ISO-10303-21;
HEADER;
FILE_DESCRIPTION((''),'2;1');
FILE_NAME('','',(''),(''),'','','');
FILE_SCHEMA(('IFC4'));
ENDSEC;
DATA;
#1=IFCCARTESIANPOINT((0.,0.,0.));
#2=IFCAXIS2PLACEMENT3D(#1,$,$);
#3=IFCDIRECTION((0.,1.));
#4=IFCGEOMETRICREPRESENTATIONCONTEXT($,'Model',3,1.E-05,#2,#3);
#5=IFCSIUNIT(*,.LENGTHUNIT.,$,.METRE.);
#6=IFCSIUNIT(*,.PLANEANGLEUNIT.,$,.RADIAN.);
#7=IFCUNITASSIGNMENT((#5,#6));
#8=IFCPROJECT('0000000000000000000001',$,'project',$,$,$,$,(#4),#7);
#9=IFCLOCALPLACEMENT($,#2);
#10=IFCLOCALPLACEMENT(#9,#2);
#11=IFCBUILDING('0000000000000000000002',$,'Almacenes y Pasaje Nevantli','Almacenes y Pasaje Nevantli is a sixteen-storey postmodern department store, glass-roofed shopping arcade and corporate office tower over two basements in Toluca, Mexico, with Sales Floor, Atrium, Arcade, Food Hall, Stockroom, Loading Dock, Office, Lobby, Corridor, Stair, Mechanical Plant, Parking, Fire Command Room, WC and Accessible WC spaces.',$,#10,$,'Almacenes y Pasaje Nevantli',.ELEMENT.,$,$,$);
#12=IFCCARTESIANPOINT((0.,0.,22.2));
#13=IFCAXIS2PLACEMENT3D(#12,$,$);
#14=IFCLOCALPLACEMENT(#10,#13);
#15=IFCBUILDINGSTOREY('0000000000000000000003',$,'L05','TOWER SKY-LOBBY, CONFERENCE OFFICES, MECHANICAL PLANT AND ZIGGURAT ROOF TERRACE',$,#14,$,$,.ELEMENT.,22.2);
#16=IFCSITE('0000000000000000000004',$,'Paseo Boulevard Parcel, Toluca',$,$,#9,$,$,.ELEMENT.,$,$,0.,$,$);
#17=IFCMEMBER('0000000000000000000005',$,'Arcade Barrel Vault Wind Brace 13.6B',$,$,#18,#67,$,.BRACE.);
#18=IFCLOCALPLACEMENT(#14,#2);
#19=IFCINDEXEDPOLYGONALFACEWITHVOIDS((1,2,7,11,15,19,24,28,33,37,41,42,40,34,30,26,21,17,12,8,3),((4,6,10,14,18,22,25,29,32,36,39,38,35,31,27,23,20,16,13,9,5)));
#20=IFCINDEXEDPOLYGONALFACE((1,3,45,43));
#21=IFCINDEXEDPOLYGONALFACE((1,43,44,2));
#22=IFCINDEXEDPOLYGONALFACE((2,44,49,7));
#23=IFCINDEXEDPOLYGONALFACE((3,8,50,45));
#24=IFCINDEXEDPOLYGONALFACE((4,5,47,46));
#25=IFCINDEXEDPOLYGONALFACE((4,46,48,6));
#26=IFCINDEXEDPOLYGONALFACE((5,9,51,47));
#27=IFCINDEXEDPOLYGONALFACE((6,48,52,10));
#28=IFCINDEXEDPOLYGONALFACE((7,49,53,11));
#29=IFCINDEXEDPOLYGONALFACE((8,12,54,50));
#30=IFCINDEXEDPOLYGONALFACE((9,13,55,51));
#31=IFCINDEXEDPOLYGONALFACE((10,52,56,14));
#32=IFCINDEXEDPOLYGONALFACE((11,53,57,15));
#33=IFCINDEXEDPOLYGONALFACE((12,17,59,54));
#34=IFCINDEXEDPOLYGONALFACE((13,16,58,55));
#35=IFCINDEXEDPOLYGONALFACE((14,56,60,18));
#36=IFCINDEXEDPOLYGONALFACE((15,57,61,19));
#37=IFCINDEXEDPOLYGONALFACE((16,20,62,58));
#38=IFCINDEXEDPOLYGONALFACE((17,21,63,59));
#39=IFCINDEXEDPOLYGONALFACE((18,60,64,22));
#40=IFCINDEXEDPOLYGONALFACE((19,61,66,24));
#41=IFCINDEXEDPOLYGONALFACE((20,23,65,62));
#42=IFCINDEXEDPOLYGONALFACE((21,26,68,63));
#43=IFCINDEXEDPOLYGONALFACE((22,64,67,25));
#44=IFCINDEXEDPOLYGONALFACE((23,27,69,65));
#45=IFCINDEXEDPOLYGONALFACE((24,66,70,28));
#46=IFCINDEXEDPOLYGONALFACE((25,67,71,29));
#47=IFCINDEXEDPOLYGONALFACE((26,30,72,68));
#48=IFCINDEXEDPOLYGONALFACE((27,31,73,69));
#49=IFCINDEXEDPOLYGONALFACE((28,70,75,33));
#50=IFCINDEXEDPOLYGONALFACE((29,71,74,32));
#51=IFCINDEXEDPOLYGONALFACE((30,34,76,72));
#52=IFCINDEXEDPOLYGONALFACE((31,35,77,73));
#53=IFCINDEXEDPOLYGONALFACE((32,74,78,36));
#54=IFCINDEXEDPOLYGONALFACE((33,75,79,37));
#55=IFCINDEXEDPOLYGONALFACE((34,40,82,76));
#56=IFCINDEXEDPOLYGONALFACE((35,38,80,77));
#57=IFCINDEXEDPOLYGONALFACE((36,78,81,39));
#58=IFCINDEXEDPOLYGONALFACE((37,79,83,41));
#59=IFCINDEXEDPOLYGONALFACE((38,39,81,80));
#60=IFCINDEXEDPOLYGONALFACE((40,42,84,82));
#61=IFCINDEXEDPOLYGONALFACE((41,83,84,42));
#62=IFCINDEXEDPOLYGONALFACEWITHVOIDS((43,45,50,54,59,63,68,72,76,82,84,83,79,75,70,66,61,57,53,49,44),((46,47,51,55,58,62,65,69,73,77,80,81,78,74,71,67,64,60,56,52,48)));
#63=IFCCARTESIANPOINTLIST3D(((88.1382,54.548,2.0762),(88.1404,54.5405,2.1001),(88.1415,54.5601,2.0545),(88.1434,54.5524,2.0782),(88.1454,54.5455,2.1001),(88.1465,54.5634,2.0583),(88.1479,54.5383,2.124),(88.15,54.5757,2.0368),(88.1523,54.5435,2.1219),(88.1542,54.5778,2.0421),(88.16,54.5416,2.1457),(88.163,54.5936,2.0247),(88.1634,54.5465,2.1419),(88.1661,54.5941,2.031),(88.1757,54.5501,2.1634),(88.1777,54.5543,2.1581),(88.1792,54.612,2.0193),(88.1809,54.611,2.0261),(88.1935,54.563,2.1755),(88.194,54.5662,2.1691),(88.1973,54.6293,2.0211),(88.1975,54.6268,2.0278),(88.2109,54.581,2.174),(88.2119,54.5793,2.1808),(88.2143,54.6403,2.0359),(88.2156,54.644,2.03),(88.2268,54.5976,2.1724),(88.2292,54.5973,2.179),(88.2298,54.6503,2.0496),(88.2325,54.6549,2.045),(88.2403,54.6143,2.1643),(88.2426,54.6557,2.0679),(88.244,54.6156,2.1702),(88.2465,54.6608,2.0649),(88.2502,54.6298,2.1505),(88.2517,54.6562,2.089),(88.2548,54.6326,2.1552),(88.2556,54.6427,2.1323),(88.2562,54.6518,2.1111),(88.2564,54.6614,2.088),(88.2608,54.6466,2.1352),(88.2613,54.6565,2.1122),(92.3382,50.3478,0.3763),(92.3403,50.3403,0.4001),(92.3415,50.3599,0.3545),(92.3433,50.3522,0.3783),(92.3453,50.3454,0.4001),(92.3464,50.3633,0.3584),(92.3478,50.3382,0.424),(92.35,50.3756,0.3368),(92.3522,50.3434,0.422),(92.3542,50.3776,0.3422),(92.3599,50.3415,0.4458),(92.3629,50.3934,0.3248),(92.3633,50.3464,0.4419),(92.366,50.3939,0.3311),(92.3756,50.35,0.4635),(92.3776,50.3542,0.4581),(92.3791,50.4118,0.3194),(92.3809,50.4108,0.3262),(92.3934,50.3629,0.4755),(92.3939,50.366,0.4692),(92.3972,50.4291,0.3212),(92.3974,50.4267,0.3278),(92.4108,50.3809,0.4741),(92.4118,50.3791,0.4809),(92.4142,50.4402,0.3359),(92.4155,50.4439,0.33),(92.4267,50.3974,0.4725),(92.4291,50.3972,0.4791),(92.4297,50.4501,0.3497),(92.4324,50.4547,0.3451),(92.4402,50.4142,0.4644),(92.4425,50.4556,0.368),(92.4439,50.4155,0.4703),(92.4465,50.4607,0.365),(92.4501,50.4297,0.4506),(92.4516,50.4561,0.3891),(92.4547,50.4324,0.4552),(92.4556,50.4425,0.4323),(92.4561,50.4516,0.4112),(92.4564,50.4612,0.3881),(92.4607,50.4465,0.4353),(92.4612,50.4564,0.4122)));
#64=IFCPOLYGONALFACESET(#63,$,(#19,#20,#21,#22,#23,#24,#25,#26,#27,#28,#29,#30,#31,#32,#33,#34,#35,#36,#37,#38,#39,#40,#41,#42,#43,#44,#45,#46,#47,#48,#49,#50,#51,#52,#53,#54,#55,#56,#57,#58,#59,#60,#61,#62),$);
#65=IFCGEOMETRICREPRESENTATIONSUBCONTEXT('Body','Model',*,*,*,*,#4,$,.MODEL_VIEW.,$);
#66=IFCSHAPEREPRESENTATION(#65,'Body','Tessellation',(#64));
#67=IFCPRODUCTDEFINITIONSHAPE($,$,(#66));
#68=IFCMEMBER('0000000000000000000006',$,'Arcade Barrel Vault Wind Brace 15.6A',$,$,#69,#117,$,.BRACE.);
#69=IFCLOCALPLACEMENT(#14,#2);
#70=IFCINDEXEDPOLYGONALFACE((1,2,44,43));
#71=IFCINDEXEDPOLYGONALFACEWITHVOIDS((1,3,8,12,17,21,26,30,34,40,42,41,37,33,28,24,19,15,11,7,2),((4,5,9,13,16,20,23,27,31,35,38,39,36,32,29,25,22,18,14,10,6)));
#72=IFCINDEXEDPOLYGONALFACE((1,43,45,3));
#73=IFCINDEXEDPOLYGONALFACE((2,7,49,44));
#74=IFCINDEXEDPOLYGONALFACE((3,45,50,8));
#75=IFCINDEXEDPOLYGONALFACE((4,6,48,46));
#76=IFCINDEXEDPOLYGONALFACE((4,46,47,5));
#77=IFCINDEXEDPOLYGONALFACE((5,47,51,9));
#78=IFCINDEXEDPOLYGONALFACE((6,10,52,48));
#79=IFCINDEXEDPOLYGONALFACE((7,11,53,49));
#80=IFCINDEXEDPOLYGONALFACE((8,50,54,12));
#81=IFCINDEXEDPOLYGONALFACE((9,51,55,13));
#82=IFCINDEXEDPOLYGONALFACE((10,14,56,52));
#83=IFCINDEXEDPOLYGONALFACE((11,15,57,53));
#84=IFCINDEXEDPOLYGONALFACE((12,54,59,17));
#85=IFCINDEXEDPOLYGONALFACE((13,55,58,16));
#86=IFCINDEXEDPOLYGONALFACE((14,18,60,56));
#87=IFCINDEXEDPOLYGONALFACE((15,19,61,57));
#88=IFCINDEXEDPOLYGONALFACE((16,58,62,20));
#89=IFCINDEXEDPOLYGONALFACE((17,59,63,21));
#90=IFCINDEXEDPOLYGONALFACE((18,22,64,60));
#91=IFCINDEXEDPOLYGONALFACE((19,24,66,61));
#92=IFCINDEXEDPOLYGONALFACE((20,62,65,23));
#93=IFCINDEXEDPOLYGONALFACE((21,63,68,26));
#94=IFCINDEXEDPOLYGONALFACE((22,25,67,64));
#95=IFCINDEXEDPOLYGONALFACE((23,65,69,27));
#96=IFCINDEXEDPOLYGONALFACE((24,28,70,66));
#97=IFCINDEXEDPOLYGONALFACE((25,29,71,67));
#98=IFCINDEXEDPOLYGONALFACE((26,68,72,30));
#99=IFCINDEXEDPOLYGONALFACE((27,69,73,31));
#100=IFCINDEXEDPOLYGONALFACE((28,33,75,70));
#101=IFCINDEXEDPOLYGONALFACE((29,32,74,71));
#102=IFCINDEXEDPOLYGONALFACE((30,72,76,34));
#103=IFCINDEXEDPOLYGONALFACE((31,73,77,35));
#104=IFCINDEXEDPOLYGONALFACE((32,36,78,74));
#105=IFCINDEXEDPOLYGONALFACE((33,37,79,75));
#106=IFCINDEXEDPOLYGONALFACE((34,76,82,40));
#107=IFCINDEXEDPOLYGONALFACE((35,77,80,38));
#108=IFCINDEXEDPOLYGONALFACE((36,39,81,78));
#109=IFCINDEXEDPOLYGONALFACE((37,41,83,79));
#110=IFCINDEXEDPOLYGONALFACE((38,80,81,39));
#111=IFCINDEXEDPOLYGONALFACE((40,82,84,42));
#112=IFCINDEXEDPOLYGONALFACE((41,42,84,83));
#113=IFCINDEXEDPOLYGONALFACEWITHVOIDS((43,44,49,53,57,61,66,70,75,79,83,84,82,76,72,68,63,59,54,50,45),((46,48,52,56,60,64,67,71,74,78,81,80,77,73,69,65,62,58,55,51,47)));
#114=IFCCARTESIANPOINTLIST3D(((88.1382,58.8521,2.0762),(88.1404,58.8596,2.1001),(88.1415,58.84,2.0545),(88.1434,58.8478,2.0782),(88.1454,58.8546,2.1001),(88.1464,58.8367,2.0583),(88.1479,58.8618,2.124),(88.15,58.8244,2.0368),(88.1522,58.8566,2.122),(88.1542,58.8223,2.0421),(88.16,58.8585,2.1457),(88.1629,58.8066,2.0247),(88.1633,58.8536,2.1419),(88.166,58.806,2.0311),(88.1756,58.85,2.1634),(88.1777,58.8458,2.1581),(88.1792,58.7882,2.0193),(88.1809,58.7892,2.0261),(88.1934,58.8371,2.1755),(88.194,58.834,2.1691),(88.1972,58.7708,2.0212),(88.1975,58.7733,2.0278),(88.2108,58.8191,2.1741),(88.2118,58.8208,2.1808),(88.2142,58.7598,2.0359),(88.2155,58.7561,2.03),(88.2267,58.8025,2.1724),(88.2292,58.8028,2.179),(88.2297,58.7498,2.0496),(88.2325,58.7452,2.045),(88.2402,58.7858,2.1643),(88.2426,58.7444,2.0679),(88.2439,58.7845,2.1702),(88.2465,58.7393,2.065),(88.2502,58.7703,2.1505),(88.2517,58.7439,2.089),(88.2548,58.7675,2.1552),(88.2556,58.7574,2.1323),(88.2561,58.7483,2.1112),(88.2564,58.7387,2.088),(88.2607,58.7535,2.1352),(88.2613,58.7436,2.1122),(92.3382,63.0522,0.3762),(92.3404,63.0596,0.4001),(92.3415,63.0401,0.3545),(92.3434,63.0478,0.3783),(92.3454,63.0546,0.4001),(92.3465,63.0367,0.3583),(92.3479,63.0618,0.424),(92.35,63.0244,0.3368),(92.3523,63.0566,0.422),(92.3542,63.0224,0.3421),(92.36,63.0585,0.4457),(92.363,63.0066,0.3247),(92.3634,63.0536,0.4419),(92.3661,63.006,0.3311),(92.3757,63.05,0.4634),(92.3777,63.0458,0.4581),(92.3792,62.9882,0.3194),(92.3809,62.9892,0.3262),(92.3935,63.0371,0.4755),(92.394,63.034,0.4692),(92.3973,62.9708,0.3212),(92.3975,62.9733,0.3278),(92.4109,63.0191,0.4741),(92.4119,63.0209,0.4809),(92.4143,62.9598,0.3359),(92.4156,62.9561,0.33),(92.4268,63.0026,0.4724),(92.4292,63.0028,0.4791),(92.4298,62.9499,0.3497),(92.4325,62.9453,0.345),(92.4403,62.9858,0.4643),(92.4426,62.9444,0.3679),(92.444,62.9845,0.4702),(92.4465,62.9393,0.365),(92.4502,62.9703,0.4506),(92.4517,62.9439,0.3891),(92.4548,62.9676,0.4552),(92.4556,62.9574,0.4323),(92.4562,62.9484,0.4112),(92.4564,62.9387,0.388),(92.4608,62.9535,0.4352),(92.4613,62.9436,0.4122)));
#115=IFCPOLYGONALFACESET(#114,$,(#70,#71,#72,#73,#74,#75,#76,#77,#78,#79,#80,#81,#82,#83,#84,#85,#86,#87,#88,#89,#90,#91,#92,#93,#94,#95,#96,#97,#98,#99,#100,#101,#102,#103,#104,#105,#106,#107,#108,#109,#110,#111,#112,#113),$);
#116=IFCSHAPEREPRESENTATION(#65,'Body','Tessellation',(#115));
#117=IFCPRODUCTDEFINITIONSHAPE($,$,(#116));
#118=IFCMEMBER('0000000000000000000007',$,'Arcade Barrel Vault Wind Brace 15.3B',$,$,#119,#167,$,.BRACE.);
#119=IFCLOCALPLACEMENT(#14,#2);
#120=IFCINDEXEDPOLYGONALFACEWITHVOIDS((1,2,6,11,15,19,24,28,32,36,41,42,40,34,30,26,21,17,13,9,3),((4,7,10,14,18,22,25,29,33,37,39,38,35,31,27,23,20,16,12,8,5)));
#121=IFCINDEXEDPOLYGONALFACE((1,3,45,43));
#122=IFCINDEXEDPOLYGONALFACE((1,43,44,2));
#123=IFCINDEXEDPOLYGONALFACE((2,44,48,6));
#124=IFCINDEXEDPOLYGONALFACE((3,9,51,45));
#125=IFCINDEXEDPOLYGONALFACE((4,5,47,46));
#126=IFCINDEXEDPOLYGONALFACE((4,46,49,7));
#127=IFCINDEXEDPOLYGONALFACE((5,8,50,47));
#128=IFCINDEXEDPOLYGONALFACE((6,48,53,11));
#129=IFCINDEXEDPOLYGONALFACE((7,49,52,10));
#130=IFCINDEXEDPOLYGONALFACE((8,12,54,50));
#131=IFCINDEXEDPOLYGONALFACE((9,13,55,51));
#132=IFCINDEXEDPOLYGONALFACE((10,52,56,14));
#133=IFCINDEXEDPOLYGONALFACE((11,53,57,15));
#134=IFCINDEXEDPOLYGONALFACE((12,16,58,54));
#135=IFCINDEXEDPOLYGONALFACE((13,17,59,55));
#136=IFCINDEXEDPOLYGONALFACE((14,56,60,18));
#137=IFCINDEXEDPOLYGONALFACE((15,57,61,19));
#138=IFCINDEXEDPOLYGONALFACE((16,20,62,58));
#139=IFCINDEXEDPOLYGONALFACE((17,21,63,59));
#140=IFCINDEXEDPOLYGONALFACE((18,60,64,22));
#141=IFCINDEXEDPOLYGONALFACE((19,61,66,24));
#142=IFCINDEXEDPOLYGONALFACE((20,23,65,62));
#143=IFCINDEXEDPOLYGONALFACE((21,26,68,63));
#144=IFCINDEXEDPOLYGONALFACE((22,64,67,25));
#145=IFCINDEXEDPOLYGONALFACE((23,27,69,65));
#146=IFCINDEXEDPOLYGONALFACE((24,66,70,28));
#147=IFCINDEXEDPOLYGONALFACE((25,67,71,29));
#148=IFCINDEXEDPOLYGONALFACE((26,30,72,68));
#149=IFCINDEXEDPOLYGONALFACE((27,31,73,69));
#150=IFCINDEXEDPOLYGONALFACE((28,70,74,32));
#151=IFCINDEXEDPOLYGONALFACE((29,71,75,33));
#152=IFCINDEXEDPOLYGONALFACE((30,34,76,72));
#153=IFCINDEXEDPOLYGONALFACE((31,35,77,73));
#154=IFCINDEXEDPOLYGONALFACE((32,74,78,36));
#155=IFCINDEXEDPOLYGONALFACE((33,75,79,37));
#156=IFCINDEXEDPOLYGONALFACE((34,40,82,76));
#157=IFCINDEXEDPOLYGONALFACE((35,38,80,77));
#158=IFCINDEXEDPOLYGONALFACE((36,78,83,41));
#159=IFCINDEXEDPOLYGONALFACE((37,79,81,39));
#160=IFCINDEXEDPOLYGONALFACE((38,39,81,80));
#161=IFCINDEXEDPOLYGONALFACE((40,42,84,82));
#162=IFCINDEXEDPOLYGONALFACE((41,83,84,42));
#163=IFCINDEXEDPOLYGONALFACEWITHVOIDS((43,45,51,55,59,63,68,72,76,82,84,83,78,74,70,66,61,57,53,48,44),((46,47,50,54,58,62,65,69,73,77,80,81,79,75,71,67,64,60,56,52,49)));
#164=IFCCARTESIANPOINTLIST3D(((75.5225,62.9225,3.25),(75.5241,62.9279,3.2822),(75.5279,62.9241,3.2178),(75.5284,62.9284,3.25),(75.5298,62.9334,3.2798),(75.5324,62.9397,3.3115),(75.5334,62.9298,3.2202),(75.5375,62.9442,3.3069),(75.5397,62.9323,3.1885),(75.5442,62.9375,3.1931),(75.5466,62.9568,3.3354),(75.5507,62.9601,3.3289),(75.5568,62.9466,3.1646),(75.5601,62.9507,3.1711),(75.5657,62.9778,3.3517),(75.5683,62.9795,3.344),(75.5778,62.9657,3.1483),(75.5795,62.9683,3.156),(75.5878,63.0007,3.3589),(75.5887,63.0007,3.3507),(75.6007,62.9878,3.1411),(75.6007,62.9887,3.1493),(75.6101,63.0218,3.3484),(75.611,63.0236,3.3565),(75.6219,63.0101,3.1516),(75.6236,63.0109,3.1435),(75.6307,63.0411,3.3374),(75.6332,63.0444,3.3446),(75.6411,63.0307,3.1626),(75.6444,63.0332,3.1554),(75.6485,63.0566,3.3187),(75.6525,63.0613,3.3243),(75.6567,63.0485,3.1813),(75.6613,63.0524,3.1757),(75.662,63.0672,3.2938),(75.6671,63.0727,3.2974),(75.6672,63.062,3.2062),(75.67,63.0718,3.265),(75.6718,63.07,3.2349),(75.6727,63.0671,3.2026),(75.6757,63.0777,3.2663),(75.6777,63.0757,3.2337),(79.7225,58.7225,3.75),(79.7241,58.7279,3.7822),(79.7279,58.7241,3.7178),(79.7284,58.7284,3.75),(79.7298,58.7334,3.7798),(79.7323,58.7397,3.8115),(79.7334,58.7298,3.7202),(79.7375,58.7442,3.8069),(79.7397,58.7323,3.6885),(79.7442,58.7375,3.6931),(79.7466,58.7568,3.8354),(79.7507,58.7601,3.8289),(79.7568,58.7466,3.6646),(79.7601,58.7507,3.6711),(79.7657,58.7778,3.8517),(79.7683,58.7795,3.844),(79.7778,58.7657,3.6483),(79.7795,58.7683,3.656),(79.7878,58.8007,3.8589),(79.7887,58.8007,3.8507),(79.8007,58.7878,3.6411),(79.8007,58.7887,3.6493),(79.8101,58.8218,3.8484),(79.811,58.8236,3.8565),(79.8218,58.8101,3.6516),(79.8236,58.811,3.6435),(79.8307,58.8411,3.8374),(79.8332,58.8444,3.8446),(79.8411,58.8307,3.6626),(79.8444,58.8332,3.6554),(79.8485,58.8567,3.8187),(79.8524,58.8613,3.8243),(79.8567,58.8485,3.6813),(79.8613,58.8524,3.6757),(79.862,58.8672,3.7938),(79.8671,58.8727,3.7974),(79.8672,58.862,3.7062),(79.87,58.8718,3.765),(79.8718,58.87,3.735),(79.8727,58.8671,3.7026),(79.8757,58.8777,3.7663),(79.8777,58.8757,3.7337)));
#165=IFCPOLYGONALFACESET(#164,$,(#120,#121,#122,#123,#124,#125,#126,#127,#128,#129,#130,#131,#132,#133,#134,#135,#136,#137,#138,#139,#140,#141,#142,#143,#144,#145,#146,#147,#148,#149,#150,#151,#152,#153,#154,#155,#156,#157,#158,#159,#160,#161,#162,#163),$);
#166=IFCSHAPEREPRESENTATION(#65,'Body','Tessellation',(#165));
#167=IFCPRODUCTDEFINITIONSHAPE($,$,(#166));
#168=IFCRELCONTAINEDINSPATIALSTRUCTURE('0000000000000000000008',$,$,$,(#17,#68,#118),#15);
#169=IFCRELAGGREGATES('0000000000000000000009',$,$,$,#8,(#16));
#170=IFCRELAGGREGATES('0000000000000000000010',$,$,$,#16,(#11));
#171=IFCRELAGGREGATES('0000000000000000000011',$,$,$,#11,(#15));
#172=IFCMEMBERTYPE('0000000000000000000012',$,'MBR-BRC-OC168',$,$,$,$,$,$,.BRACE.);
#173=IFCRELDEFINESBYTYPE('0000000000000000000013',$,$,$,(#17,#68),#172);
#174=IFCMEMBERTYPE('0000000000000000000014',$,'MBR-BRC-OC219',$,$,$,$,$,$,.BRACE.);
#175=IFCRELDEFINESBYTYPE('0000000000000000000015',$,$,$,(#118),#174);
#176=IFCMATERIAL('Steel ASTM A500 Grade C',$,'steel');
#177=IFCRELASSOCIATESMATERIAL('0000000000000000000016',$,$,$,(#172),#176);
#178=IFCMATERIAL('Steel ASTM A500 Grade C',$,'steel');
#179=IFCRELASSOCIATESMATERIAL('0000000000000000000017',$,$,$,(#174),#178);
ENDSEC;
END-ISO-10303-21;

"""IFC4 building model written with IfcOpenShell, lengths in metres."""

from ifc_helpers import new_model, si_unit, direction, frame, origin, origin_2d, place, context, subcontext, project, spatial, hollow_circle, extrude, material, material_profile, profile_set, type_object, element, save


model = new_model("IFC4")

# Units and contexts
model_context = context("Model", 3, precision=1e-05, world=origin(), true_north=direction((0.0, 1.0)))
body_context = subcontext(model_context, "Body", "Model", "MODEL_VIEW")
ifc_project = project(units=[si_unit("LENGTHUNIT", "METRE"), si_unit("PLANEANGLEUNIT", "RADIAN")], contexts=[model_context])

# Site, building, storey
site_placement = place(None, origin())
site = spatial("IfcSite", under=ifc_project, at=site_placement, Name="Paseo Boulevard Parcel, Toluca", CompositionType="ELEMENT", RefElevation=0.0)
building_placement = place(site_placement, origin())
building = spatial("IfcBuilding", under=site, at=building_placement, Name="Almacenes y Pasaje Nevantli", Description="Almacenes y Pasaje Nevantli is a sixteen-storey postmodern department store, glass-roofed shopping arcade and corporate office tower over two basements in Toluca, Mexico, with Sales Floor, Atrium, Arcade, Food Hall, Stockroom, Loading Dock, Office, Lobby, Corridor, Stair, Mechanical Plant, Parking, Fire Command Room, WC and Accessible WC spaces.", LongName="Almacenes y Pasaje Nevantli", CompositionType="ELEMENT")
storey_placement = place(building_placement, frame((0.0, 0.0, 22.2)))
storey = spatial("IfcBuildingStorey", under=building, at=storey_placement, Name="L05", Description="TOWER SKY-LOBBY, CONFERENCE OFFICES, MECHANICAL PLANT AND ZIGGURAT ROOF TERRACE", CompositionType="ELEMENT", Elevation=22.2)

# Members
ifc_material_1 = material(Name="Steel ASTM A500 Grade C", Category="steel")
ifc_material_profile_1 = material_profile(ifc_material_1, hollow_circle(Radius=0.0842, WallThickness=0.0071, at=origin_2d()), Name="OC 168x7.1")
ifc_profile_set_1 = profile_set([ifc_material_profile_1], Name="Steel ASTM A500 Grade C")
member_type_1 = type_object("IfcMemberType", Name="MBR-BRC-OC168", PredefinedType="BRACE", material=ifc_profile_set_1)
for number, where, z_axis, x_axis, name in (
    (1, (92.3999, 50.3999, 0.4001), (-0.679794, 0.679833, 0.27515), (-0.707127, -0.707086, 0.0), "Arcade Barrel Vault Wind Brace 13.6B"),
    (2, (88.2, 58.8, 2.1001), (0.679812, 0.679812, -0.275157), (-0.707107, 0.707107, 0.0), "Arcade Barrel Vault Wind Brace 15.6A"),
):
    element("IfcMember", number, at=place(storey_placement, frame(where, z_axis=z_axis, x_axis=x_axis)), inside=storey, type_object=member_type_1, Name=name, PredefinedType="BRACE", context=body_context, shape_type="SweptSolid", body=[
        extrude(hollow_circle(Radius=0.0842, WallThickness=0.0071, at=origin_2d()), origin(), (0.0, 0.0, 1.0), 6.1782),
    ])
ifc_material_2 = material(Name="Steel ASTM A500 Grade C", Category="steel")
ifc_material_profile_2 = material_profile(ifc_material_2, hollow_circle(Radius=0.1096, WallThickness=0.0083, at=origin_2d()), Name="OC 219x8.2")
ifc_profile_set_2 = profile_set([ifc_material_profile_2], Name="Steel ASTM A500 Grade C")
member_type_2 = type_object("IfcMemberType", Name="MBR-BRC-OC219", PredefinedType="BRACE", material=ifc_profile_set_2)
member_1_placement = place(storey_placement, frame((79.8, 58.8, 3.75), z_axis=(-0.704615, 0.704615, -0.083884), x_axis=(-0.707107, -0.707107, 0.0)))
element("IfcMember", 3, at=member_1_placement, inside=storey, type_object=member_type_2, Name="Arcade Barrel Vault Wind Brace 15.3B", PredefinedType="BRACE", context=body_context, shape_type="SweptSolid", body=[
    extrude(hollow_circle(Radius=0.1096, WallThickness=0.0083, at=origin_2d()), origin(), (0.0, 0.0, 1.0), 5.9607),
])

save(model, "model.ifc")
